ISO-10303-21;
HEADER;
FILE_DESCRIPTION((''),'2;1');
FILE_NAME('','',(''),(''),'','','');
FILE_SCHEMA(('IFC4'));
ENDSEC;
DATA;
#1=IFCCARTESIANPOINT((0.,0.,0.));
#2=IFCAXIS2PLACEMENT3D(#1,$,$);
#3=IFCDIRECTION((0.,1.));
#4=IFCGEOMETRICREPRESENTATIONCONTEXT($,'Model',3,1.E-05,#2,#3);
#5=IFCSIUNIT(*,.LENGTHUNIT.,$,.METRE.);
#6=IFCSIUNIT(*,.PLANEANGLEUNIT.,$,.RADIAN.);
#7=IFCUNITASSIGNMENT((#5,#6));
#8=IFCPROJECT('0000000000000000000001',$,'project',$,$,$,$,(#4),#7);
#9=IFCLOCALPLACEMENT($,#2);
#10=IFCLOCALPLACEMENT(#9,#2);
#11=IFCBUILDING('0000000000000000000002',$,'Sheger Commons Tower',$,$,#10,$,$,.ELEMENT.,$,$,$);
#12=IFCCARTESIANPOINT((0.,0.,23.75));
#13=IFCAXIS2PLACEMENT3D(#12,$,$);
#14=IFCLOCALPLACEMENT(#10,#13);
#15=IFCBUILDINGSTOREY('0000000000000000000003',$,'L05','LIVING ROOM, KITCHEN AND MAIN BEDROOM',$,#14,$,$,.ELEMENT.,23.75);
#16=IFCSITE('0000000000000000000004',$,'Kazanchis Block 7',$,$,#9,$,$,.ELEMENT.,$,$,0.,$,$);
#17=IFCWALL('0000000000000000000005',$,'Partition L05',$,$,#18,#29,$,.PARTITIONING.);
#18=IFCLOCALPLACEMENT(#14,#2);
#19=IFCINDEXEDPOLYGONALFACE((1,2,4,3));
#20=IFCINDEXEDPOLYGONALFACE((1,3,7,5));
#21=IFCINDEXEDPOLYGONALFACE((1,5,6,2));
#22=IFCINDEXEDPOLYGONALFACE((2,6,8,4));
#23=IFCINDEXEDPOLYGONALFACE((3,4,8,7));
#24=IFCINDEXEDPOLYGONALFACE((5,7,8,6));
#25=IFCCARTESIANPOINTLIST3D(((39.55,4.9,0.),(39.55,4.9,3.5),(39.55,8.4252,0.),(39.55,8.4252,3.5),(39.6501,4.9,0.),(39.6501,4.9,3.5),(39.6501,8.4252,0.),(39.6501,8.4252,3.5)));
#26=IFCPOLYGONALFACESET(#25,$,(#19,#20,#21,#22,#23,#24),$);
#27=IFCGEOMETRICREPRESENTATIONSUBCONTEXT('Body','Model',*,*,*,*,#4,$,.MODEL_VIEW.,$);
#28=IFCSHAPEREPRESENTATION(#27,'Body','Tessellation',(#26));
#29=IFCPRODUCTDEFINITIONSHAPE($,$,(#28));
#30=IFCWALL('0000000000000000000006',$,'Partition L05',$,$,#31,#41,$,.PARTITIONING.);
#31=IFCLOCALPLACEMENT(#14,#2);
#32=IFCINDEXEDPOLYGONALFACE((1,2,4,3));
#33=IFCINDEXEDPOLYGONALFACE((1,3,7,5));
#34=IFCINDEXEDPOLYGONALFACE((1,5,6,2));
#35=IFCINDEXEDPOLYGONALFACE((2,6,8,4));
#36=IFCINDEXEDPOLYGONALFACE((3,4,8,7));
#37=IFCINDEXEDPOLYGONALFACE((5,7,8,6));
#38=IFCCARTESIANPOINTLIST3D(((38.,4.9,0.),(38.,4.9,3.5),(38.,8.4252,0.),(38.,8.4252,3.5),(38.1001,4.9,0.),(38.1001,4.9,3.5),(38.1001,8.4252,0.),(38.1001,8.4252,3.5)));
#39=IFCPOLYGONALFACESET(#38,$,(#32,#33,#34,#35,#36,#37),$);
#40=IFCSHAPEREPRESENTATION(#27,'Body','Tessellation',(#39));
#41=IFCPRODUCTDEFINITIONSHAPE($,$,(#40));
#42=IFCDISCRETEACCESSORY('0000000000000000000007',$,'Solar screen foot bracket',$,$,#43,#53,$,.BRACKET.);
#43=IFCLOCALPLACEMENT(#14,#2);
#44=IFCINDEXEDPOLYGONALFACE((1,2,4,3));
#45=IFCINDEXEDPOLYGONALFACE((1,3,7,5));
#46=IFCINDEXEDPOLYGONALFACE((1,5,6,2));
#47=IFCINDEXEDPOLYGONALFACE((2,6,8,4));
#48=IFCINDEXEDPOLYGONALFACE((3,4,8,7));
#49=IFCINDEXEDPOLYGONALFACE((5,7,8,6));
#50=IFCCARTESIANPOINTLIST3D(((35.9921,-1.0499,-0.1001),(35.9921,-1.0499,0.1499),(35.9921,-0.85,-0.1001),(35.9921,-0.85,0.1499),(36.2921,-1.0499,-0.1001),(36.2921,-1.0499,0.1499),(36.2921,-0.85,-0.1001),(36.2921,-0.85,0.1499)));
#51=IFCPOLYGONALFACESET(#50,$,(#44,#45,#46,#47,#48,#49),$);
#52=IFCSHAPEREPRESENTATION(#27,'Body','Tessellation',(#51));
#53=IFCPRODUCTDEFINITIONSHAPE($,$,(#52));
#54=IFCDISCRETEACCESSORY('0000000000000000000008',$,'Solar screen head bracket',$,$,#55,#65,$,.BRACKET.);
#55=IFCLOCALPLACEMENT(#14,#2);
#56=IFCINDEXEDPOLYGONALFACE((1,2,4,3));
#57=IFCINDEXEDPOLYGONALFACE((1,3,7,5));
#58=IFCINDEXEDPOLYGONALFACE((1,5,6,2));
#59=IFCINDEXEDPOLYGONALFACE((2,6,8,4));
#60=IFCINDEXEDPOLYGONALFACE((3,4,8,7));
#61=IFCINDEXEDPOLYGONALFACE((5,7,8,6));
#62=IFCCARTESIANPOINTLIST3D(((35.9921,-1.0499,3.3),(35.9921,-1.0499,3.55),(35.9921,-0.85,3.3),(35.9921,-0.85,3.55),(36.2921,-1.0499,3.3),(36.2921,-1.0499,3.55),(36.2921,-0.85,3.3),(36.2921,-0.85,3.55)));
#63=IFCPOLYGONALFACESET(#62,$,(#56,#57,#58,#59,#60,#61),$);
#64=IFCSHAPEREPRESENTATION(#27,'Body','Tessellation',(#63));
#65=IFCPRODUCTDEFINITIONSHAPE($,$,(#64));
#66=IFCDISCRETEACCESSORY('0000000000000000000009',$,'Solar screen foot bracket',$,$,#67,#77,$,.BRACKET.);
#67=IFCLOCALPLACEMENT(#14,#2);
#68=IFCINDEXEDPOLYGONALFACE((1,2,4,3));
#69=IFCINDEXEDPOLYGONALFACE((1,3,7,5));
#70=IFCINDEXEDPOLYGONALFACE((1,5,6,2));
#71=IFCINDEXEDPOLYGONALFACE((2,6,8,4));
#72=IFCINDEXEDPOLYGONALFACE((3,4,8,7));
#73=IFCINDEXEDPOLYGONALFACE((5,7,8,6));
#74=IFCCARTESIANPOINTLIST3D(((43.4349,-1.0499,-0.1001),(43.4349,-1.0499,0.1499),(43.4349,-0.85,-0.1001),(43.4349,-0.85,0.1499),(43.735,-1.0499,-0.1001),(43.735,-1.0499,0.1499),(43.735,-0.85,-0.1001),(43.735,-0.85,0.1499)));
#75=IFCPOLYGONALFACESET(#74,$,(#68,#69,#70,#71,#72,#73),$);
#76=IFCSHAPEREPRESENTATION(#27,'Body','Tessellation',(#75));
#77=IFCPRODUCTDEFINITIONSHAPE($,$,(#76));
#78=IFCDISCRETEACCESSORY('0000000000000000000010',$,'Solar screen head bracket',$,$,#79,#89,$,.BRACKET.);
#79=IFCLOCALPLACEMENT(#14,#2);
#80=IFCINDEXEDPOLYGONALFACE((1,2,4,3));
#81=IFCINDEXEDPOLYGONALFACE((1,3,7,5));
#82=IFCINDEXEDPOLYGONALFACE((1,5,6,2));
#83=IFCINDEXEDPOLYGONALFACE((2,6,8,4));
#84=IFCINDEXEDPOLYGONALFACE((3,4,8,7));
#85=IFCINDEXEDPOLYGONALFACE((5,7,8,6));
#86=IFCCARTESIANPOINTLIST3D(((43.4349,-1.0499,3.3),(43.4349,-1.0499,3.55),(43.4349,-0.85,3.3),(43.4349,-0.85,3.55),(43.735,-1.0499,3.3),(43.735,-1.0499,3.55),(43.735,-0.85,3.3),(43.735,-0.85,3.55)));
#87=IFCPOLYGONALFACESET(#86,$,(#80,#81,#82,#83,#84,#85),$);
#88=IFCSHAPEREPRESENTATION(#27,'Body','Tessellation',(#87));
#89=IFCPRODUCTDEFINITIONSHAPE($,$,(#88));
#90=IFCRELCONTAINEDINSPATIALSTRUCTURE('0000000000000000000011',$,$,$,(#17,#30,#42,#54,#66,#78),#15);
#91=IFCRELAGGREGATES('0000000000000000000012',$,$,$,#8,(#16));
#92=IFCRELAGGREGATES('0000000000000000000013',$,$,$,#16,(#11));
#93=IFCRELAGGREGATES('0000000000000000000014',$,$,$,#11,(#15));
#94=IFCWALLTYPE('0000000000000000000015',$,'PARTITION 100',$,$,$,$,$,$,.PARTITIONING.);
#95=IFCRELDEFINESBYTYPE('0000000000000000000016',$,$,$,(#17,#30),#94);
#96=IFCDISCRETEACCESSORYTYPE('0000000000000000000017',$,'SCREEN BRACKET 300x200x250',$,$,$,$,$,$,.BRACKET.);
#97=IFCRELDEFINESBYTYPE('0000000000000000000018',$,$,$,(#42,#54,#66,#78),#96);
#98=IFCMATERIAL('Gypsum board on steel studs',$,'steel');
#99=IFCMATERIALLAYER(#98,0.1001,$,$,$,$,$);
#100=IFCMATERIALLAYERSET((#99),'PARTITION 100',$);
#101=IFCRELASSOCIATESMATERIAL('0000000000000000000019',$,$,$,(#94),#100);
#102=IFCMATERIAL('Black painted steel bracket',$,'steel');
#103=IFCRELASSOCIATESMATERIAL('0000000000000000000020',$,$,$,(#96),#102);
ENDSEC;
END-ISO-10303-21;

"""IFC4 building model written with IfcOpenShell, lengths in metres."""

from ifc_helpers import new_model, si_unit, direction, frame, frame_2d, origin, origin_2d, place, context, subcontext, project, spatial, rectangle, extrude, material, layer, layer_set, type_object, element, save


model = new_model("IFC4")

# Units and contexts
model_context = context("Model", 3, precision=1e-05, world=origin(), true_north=direction((0.0, 1.0)))
body_context = subcontext(model_context, "Body", "Model", "MODEL_VIEW")
ifc_project = project(units=[si_unit("LENGTHUNIT", "METRE"), si_unit("PLANEANGLEUNIT", "RADIAN")], contexts=[model_context])

# Site, building, storey
site_placement = place(None, origin())
site = spatial("IfcSite", under=ifc_project, at=site_placement, Name="Kazanchis Block 7", CompositionType="ELEMENT", RefElevation=0.0)
building_placement = place(site_placement, origin())
building = spatial("IfcBuilding", under=site, at=building_placement, Name="Sheger Commons Tower", CompositionType="ELEMENT")
storey_placement = place(building_placement, frame((0.0, 0.0, 23.75)))
storey = spatial("IfcBuildingStorey", under=building, at=storey_placement, Name="L05", Description="LIVING ROOM, KITCHEN AND MAIN BEDROOM", CompositionType="ELEMENT", Elevation=23.75)

# Shared definitions
ifc_material_1 = material(Name="Gypsum board on steel studs", Category="steel")
ifc_layer_1 = layer(ifc_material_1, 0.1001)
ifc_layer_set_1 = layer_set([ifc_layer_1], Name="PARTITION 100")
wall_type_1 = type_object("IfcWallType", Name="PARTITION 100", PredefinedType="PARTITIONING", material=ifc_layer_set_1)

# Walls
for number, where, z_axis, x_axis, name in (
    (1, (39.6001, 4.8999, 0.0), (0.0, 0.0, 1.0), (0.0, 1.0, 0.0), "Partition L05"),
    (2, (38.05, 4.8999, 0.0), (0.0, 0.0, 1.0), (0.0, 1.0, 0.0), "Partition L05"),
):
    element("IfcWall", number, at=place(storey_placement, frame(where, z_axis=z_axis, x_axis=x_axis)), inside=storey, type_object=wall_type_1, Name=name, PredefinedType="PARTITIONING", context=body_context, shape_type="SweptSolid", body=[
        extrude(rectangle(XDim=3.5251, YDim=0.1001, at=frame_2d((1.7627, 0.0))), origin(), (0.0, 0.0, 1.0), 3.5),
    ])

# Discrete accessories
ifc_material_2 = material(Name="Black painted steel bracket", Category="steel")
discrete_accessory_type = type_object("IfcDiscreteAccessoryType", Name="SCREEN BRACKET 300x200x250", PredefinedType="BRACKET", material=ifc_material_2)
for number, where, z_axis, x_axis, name in (
    (3, (36.1421, -0.95, -0.1001), (0.0, 0.0, 1.0), (1.0, 0.0, 0.0), "Solar screen foot bracket"),
    (4, (36.1421, -0.95, 3.3), (0.0, 0.0, 1.0), (1.0, 0.0, 0.0), "Solar screen head bracket"),
    (5, (43.585, -0.95, -0.1001), (0.0, 0.0, 1.0), (1.0, 0.0, 0.0), "Solar screen foot bracket"),
    (6, (43.585, -0.95, 3.3), (0.0, 0.0, 1.0), (1.0, 0.0, 0.0), "Solar screen head bracket"),
):
    element("IfcDiscreteAccessory", number, at=place(storey_placement, frame(where, z_axis=z_axis, x_axis=x_axis)), inside=storey, type_object=discrete_accessory_type, Name=name, PredefinedType="BRACKET", context=body_context, shape_type="SweptSolid", body=[
        extrude(rectangle(XDim=0.3, YDim=0.2, at=origin_2d()), origin(), (0.0, 0.0, 1.0), 0.25),
    ])

save(model, "model.ifc")
